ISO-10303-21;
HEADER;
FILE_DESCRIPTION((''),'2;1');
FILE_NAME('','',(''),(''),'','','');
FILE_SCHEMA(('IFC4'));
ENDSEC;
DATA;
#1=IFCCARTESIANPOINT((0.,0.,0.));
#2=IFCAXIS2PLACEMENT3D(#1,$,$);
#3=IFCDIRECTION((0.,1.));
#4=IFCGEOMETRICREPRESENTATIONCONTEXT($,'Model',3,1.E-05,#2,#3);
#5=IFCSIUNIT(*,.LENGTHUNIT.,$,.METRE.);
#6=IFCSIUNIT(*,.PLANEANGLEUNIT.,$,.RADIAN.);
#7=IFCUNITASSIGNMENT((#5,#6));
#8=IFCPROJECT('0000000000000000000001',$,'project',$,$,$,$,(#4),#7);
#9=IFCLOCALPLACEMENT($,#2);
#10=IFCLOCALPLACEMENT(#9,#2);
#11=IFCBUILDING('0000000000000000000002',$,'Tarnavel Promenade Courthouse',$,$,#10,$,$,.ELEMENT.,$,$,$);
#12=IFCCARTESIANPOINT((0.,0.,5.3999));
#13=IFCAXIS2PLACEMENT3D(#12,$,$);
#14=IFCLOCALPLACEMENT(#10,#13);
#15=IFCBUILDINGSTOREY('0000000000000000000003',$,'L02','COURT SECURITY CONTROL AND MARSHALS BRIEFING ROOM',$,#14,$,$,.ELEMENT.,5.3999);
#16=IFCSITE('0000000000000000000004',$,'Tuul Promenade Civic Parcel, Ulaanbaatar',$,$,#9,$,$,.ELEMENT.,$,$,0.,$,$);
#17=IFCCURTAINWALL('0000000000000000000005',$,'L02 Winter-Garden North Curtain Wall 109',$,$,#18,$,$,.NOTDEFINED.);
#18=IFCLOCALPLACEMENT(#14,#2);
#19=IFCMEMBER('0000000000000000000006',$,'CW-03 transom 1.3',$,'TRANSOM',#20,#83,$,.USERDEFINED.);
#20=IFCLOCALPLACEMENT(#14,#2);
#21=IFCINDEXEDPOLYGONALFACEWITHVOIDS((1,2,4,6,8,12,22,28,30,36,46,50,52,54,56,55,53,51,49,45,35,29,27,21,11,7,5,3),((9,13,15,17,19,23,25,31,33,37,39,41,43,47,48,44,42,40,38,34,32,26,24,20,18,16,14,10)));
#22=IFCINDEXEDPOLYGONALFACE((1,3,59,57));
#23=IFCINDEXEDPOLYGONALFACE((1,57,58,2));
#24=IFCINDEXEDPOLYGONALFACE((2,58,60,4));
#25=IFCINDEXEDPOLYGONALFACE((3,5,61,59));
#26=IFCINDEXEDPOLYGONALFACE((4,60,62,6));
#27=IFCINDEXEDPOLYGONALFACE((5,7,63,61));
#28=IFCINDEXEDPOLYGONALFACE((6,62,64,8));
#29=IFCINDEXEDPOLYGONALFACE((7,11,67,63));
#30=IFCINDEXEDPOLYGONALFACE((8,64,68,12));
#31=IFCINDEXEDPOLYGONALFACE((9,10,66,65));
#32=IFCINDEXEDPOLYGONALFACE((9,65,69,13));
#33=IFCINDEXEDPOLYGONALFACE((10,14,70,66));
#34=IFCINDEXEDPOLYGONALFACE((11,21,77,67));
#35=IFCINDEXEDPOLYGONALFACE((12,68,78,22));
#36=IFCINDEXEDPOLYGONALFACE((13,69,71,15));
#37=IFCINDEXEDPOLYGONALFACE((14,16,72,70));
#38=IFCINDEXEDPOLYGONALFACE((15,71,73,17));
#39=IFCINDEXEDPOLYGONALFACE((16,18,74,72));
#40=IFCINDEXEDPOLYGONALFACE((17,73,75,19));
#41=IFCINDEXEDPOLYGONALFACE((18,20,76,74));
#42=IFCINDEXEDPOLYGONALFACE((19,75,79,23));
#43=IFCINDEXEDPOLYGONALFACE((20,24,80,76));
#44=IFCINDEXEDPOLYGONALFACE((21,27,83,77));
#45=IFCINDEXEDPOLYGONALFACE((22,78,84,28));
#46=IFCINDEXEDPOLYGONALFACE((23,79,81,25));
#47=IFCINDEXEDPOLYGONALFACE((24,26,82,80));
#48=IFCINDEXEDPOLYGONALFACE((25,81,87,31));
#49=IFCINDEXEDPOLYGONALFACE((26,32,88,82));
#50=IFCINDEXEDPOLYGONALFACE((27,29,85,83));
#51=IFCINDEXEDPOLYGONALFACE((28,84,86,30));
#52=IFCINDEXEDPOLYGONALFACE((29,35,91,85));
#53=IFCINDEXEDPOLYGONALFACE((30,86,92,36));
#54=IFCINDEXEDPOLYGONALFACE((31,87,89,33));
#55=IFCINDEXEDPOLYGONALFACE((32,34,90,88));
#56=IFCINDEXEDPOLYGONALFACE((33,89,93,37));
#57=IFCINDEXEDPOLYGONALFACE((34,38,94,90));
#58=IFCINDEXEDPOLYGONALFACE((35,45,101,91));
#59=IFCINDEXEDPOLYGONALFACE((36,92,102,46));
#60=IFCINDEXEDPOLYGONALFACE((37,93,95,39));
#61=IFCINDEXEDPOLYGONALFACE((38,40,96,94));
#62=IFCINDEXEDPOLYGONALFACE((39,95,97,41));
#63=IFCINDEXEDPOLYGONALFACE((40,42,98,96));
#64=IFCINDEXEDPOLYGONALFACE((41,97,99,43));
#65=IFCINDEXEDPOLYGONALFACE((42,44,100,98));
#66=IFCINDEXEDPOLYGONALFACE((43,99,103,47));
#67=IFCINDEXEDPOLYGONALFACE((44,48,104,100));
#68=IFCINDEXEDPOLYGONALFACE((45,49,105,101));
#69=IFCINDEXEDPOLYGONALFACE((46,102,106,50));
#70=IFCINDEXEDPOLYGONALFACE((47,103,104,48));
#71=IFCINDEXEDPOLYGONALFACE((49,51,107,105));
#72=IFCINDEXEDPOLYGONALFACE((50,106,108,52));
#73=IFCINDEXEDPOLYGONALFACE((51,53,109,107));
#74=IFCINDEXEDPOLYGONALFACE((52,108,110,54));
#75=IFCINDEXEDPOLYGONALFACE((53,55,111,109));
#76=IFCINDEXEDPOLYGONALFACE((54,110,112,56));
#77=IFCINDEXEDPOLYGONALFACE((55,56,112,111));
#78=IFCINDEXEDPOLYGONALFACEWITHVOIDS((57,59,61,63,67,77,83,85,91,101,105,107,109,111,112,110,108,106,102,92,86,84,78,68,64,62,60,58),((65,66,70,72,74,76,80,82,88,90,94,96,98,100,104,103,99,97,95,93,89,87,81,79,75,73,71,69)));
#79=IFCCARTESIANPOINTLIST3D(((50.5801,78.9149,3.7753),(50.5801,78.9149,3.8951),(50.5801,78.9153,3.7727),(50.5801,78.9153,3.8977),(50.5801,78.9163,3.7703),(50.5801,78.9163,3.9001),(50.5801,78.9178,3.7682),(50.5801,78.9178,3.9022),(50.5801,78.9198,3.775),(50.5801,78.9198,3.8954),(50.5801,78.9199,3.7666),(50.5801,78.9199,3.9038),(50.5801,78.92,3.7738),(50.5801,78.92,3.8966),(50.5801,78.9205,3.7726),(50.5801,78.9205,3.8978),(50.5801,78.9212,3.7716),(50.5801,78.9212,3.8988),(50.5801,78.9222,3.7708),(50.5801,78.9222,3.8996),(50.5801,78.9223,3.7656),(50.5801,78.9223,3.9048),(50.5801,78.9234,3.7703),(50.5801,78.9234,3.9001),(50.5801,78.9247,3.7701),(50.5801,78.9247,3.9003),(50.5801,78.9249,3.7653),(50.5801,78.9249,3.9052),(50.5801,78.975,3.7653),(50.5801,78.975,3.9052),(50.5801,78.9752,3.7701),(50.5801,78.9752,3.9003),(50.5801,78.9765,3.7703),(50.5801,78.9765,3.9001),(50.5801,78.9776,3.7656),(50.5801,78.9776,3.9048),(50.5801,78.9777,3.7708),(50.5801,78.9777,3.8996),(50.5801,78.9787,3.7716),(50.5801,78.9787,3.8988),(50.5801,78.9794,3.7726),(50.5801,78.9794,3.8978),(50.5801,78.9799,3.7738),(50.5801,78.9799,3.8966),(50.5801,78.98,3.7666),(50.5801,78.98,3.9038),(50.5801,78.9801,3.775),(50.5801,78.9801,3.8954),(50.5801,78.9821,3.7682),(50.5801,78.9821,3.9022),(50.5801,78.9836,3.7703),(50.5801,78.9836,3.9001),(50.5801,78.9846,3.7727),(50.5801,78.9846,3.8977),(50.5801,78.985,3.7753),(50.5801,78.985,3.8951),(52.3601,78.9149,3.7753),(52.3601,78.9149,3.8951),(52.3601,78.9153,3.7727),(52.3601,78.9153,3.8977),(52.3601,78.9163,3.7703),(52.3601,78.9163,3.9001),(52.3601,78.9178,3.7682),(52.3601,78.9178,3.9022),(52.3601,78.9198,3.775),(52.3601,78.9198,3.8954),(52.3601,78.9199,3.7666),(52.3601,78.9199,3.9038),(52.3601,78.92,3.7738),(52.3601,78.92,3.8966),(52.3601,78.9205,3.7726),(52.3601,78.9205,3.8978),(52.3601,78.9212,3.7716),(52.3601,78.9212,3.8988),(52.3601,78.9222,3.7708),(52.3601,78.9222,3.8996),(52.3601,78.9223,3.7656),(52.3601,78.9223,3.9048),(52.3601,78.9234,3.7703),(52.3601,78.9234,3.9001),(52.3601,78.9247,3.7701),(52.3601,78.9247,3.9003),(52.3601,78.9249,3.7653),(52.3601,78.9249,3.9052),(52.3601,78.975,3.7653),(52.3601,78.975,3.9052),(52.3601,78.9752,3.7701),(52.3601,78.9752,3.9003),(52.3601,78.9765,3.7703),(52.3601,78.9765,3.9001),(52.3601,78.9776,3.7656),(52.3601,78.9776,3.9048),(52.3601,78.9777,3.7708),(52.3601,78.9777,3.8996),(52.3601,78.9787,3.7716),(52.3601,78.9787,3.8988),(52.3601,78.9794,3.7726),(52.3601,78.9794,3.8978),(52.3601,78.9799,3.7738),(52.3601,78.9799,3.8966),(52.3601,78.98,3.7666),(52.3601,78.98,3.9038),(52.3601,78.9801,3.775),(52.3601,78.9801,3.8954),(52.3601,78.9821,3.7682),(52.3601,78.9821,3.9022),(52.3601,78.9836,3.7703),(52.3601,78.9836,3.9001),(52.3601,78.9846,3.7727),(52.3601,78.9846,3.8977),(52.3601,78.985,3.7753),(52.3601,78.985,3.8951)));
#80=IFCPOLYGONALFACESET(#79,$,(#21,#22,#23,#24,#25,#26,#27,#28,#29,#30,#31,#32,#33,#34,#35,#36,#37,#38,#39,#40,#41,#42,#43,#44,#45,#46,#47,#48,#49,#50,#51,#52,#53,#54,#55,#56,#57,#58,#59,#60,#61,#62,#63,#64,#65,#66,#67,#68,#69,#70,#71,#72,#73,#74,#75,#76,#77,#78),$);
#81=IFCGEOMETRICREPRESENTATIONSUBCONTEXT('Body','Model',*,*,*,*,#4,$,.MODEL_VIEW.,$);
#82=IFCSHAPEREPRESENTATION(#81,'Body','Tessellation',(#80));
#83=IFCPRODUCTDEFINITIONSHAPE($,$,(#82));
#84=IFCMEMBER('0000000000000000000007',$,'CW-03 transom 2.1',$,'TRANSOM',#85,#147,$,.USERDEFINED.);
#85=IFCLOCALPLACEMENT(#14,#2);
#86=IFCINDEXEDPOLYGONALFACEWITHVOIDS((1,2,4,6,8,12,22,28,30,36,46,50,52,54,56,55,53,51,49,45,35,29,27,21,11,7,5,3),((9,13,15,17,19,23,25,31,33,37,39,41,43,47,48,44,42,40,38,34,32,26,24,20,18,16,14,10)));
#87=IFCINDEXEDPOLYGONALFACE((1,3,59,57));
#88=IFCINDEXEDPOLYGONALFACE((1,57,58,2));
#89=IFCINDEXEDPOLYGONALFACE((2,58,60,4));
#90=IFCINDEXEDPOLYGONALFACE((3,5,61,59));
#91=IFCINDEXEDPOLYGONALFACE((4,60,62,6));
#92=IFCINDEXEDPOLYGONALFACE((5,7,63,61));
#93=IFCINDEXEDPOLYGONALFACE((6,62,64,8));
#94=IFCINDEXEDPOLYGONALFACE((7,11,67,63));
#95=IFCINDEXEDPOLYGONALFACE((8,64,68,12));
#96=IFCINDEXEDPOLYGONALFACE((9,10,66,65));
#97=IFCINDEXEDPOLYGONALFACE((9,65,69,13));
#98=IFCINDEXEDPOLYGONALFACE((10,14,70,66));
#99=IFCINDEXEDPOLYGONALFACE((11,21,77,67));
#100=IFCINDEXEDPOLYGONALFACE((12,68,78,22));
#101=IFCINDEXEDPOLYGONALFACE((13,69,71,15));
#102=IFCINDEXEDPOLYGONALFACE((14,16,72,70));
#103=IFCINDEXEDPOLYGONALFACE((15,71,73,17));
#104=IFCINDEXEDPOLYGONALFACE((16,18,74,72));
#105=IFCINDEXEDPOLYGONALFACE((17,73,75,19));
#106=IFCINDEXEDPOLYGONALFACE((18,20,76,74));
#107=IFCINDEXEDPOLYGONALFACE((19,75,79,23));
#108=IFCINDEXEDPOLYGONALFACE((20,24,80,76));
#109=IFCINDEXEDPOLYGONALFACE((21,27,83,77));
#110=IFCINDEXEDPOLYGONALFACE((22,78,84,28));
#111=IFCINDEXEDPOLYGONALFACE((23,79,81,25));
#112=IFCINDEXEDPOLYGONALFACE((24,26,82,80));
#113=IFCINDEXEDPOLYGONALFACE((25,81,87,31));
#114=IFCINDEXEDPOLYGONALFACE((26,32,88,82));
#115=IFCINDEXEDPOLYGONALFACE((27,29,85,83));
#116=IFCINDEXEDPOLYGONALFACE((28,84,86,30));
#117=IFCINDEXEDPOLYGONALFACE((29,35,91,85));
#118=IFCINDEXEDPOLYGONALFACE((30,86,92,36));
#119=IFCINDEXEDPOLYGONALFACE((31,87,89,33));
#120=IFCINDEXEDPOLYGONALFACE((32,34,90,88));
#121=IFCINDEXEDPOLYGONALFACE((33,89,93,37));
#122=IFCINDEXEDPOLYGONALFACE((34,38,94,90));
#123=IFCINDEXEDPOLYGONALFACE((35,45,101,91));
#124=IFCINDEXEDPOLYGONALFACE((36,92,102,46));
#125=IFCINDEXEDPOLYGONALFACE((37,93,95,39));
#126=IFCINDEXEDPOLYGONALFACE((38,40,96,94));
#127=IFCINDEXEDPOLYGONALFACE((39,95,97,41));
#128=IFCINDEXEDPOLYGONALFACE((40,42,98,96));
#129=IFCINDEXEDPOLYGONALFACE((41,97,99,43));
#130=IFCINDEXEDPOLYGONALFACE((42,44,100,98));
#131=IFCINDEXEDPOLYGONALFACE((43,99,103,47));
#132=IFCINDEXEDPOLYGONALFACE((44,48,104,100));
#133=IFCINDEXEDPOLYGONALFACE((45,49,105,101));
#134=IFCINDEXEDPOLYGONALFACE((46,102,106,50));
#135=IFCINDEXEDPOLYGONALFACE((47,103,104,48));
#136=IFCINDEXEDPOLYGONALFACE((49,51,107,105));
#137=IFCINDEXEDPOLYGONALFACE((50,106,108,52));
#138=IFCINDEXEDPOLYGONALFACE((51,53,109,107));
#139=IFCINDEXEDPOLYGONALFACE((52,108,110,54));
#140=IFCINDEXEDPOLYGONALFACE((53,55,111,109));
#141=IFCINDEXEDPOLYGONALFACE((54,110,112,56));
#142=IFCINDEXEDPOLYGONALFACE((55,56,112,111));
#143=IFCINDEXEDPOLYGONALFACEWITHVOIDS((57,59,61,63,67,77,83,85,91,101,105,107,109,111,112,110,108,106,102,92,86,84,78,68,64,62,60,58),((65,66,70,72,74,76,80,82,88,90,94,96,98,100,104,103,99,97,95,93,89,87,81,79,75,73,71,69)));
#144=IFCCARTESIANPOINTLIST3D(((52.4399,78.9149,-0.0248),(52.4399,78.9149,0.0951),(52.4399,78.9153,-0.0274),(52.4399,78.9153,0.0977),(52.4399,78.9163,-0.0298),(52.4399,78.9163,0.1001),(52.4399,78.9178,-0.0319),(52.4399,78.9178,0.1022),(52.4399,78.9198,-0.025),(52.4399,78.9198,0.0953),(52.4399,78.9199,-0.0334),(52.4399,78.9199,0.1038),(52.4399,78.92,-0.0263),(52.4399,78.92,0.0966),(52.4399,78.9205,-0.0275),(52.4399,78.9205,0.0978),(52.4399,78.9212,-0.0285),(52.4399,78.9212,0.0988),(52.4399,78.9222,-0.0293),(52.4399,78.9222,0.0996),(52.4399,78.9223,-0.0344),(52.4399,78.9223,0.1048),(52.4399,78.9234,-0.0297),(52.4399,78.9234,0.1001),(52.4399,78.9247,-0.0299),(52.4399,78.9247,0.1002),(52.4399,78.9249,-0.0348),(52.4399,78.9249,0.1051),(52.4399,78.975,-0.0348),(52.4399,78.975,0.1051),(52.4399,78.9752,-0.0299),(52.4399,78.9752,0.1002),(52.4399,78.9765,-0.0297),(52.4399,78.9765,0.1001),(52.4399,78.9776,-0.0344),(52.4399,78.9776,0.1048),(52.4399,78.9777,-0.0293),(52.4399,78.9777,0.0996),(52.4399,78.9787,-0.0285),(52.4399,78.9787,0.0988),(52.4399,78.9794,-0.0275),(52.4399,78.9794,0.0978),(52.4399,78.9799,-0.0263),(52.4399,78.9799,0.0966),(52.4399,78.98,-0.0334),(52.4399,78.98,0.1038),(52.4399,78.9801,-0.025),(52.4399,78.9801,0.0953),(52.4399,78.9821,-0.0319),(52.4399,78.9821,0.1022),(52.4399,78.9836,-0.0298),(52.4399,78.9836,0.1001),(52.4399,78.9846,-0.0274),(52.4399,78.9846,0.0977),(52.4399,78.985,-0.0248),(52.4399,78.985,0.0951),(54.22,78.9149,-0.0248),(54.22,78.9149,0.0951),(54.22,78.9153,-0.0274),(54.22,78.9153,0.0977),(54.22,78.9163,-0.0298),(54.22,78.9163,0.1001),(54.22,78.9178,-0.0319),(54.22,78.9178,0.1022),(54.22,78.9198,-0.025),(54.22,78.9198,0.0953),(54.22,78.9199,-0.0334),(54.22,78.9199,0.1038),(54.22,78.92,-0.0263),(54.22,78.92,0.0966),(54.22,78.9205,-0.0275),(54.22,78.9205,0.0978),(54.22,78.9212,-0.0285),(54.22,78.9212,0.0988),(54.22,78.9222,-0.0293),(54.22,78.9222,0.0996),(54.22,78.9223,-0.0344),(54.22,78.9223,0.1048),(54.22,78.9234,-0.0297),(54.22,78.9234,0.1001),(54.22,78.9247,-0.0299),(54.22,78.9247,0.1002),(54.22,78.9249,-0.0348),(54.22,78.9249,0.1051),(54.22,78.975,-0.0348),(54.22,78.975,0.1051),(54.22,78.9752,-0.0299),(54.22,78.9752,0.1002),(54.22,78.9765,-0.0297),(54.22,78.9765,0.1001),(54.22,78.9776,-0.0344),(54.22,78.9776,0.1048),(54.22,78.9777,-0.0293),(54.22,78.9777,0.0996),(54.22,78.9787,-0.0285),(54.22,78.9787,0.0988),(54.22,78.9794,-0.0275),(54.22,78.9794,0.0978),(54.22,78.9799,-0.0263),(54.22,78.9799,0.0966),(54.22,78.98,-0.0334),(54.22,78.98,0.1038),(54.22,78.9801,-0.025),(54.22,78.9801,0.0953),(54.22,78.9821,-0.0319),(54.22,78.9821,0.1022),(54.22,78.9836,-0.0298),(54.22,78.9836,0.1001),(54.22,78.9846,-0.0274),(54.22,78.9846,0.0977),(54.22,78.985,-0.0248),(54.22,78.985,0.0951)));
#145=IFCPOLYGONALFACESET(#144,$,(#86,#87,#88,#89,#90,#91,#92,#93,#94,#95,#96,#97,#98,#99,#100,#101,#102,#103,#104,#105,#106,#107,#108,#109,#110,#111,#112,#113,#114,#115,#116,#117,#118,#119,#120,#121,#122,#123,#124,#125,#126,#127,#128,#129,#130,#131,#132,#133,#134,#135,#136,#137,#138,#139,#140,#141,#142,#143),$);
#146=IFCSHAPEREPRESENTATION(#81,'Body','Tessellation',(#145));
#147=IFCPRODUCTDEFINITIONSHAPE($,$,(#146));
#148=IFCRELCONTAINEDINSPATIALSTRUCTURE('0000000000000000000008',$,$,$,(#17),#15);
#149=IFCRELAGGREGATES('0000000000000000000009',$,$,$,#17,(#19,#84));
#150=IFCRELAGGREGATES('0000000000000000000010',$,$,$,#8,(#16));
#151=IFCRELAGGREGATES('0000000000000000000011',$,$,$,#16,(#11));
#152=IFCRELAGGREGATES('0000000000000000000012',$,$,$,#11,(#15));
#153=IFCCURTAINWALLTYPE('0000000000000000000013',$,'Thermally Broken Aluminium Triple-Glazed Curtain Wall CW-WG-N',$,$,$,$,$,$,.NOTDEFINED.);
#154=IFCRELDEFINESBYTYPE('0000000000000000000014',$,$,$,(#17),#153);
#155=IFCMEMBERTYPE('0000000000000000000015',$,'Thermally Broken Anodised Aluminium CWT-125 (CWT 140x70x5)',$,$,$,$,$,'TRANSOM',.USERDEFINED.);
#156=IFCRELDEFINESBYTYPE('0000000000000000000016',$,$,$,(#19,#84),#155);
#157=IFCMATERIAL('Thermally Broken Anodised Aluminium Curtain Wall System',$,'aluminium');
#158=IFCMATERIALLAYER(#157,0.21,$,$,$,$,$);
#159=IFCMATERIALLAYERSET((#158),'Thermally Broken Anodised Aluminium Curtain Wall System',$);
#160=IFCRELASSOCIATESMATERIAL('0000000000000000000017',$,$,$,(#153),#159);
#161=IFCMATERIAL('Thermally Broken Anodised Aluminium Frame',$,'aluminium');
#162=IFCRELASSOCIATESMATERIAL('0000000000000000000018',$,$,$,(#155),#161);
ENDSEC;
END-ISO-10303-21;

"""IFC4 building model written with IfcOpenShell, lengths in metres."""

from ifc_helpers import new_model, si_unit, direction, frame, origin, origin_2d, place, context, subcontext, project, spatial, hollow_rectangle, extrude, material, layer, layer_set, material_profile, profile_set, type_object, element, aggregate, save


model = new_model("IFC4")

# Units and contexts
model_context = context("Model", 3, precision=1e-05, world=origin(), true_north=direction((0.0, 1.0)))
body_context = subcontext(model_context, "Body", "Model", "MODEL_VIEW")
ifc_project = project(units=[si_unit("LENGTHUNIT", "METRE"), si_unit("PLANEANGLEUNIT", "RADIAN")], contexts=[model_context])

# Site, building, storey
site_placement = place(None, origin())
site = spatial("IfcSite", under=ifc_project, at=site_placement, Name="Tuul Promenade Civic Parcel, Ulaanbaatar", CompositionType="ELEMENT", RefElevation=0.0)
building_placement = place(site_placement, origin())
building = spatial("IfcBuilding", under=site, at=building_placement, Name="Tarnavel Promenade Courthouse", CompositionType="ELEMENT")
storey_placement = place(building_placement, frame((0.0, 0.0, 5.3999)))
storey = spatial("IfcBuildingStorey", under=building, at=storey_placement, Name="L02", Description="COURT SECURITY CONTROL AND MARSHALS BRIEFING ROOM", CompositionType="ELEMENT", Elevation=5.3999)

# Shared definitions
ifc_material_1 = material(Name="Thermally Broken Anodised Aluminium Curtain Wall System", Category="aluminium")
ifc_layer_1 = layer(ifc_material_1, 0.21)
ifc_layer_set_1 = layer_set([ifc_layer_1], Name="Thermally Broken Anodised Aluminium Curtain Wall System")
curtain_wall_type = type_object("IfcCurtainWallType", Name="Thermally Broken Aluminium Triple-Glazed Curtain Wall CW-WG-N", PredefinedType="NOTDEFINED", material=ifc_layer_set_1)
ifc_material_2 = material(Name="Thermally Broken Anodised Aluminium Frame", Category="aluminium")

# Curtain wall
curtain_wall_1_placement = place(storey_placement, origin())
curtain_wall_1 = element("IfcCurtainWall", 1, at=curtain_wall_1_placement, inside=storey, type_object=curtain_wall_type, Name="L02 Winter-Garden North Curtain Wall 109", PredefinedType="NOTDEFINED")

# Members
ifc_material_profile_1 = material_profile(ifc_material_2, hollow_rectangle(XDim=0.0701, YDim=0.1399, WallThickness=0.0049, InnerFilletRadius=0.0049, OuterFilletRadius=0.01, at=origin_2d()), Name="CWT 140x70x5")
ifc_profile_set_1 = profile_set([ifc_material_profile_1], Name="Thermally Broken Anodised Aluminium Frame")
member_type_1 = type_object("IfcMemberType", Name="Thermally Broken Anodised Aluminium CWT-125 (CWT 140x70x5)", ElementType="TRANSOM", PredefinedType="USERDEFINED", material=ifc_profile_set_1)
member_1_placement = place(storey_placement, frame((50.5801, 78.95, 3.8352), z_axis=(1.0, 0.0, 0.0), x_axis=(0.0, 1.0, 0.0)))
member_1 = element("IfcMember", 2, at=member_1_placement, type_object=member_type_1, Name="CW-03 transom 1.3", ObjectType="TRANSOM", PredefinedType="USERDEFINED", context=body_context, shape_type="SweptSolid", body=[
    extrude(hollow_rectangle(XDim=0.0701, YDim=0.1399, WallThickness=0.0049, InnerFilletRadius=0.0049, OuterFilletRadius=0.01, at=origin_2d()), origin(), (0.0, 0.0, 1.0), 1.78),
])
member_2_placement = place(storey_placement, frame((52.4399, 78.95, 0.0352), z_axis=(1.0, 0.0, 0.0), x_axis=(0.0, 1.0, 0.0)))
member_2 = element("IfcMember", 3, at=member_2_placement, type_object=member_type_1, Name="CW-03 transom 2.1", ObjectType="TRANSOM", PredefinedType="USERDEFINED", context=body_context, shape_type="SweptSolid", body=[
    extrude(hollow_rectangle(XDim=0.0701, YDim=0.1399, WallThickness=0.0049, InnerFilletRadius=0.0049, OuterFilletRadius=0.01, at=origin_2d()), origin(), (0.0, 0.0, 1.0), 1.78),
])

aggregate(curtain_wall_1, [member_1, member_2])

save(model, "model.ifc")
